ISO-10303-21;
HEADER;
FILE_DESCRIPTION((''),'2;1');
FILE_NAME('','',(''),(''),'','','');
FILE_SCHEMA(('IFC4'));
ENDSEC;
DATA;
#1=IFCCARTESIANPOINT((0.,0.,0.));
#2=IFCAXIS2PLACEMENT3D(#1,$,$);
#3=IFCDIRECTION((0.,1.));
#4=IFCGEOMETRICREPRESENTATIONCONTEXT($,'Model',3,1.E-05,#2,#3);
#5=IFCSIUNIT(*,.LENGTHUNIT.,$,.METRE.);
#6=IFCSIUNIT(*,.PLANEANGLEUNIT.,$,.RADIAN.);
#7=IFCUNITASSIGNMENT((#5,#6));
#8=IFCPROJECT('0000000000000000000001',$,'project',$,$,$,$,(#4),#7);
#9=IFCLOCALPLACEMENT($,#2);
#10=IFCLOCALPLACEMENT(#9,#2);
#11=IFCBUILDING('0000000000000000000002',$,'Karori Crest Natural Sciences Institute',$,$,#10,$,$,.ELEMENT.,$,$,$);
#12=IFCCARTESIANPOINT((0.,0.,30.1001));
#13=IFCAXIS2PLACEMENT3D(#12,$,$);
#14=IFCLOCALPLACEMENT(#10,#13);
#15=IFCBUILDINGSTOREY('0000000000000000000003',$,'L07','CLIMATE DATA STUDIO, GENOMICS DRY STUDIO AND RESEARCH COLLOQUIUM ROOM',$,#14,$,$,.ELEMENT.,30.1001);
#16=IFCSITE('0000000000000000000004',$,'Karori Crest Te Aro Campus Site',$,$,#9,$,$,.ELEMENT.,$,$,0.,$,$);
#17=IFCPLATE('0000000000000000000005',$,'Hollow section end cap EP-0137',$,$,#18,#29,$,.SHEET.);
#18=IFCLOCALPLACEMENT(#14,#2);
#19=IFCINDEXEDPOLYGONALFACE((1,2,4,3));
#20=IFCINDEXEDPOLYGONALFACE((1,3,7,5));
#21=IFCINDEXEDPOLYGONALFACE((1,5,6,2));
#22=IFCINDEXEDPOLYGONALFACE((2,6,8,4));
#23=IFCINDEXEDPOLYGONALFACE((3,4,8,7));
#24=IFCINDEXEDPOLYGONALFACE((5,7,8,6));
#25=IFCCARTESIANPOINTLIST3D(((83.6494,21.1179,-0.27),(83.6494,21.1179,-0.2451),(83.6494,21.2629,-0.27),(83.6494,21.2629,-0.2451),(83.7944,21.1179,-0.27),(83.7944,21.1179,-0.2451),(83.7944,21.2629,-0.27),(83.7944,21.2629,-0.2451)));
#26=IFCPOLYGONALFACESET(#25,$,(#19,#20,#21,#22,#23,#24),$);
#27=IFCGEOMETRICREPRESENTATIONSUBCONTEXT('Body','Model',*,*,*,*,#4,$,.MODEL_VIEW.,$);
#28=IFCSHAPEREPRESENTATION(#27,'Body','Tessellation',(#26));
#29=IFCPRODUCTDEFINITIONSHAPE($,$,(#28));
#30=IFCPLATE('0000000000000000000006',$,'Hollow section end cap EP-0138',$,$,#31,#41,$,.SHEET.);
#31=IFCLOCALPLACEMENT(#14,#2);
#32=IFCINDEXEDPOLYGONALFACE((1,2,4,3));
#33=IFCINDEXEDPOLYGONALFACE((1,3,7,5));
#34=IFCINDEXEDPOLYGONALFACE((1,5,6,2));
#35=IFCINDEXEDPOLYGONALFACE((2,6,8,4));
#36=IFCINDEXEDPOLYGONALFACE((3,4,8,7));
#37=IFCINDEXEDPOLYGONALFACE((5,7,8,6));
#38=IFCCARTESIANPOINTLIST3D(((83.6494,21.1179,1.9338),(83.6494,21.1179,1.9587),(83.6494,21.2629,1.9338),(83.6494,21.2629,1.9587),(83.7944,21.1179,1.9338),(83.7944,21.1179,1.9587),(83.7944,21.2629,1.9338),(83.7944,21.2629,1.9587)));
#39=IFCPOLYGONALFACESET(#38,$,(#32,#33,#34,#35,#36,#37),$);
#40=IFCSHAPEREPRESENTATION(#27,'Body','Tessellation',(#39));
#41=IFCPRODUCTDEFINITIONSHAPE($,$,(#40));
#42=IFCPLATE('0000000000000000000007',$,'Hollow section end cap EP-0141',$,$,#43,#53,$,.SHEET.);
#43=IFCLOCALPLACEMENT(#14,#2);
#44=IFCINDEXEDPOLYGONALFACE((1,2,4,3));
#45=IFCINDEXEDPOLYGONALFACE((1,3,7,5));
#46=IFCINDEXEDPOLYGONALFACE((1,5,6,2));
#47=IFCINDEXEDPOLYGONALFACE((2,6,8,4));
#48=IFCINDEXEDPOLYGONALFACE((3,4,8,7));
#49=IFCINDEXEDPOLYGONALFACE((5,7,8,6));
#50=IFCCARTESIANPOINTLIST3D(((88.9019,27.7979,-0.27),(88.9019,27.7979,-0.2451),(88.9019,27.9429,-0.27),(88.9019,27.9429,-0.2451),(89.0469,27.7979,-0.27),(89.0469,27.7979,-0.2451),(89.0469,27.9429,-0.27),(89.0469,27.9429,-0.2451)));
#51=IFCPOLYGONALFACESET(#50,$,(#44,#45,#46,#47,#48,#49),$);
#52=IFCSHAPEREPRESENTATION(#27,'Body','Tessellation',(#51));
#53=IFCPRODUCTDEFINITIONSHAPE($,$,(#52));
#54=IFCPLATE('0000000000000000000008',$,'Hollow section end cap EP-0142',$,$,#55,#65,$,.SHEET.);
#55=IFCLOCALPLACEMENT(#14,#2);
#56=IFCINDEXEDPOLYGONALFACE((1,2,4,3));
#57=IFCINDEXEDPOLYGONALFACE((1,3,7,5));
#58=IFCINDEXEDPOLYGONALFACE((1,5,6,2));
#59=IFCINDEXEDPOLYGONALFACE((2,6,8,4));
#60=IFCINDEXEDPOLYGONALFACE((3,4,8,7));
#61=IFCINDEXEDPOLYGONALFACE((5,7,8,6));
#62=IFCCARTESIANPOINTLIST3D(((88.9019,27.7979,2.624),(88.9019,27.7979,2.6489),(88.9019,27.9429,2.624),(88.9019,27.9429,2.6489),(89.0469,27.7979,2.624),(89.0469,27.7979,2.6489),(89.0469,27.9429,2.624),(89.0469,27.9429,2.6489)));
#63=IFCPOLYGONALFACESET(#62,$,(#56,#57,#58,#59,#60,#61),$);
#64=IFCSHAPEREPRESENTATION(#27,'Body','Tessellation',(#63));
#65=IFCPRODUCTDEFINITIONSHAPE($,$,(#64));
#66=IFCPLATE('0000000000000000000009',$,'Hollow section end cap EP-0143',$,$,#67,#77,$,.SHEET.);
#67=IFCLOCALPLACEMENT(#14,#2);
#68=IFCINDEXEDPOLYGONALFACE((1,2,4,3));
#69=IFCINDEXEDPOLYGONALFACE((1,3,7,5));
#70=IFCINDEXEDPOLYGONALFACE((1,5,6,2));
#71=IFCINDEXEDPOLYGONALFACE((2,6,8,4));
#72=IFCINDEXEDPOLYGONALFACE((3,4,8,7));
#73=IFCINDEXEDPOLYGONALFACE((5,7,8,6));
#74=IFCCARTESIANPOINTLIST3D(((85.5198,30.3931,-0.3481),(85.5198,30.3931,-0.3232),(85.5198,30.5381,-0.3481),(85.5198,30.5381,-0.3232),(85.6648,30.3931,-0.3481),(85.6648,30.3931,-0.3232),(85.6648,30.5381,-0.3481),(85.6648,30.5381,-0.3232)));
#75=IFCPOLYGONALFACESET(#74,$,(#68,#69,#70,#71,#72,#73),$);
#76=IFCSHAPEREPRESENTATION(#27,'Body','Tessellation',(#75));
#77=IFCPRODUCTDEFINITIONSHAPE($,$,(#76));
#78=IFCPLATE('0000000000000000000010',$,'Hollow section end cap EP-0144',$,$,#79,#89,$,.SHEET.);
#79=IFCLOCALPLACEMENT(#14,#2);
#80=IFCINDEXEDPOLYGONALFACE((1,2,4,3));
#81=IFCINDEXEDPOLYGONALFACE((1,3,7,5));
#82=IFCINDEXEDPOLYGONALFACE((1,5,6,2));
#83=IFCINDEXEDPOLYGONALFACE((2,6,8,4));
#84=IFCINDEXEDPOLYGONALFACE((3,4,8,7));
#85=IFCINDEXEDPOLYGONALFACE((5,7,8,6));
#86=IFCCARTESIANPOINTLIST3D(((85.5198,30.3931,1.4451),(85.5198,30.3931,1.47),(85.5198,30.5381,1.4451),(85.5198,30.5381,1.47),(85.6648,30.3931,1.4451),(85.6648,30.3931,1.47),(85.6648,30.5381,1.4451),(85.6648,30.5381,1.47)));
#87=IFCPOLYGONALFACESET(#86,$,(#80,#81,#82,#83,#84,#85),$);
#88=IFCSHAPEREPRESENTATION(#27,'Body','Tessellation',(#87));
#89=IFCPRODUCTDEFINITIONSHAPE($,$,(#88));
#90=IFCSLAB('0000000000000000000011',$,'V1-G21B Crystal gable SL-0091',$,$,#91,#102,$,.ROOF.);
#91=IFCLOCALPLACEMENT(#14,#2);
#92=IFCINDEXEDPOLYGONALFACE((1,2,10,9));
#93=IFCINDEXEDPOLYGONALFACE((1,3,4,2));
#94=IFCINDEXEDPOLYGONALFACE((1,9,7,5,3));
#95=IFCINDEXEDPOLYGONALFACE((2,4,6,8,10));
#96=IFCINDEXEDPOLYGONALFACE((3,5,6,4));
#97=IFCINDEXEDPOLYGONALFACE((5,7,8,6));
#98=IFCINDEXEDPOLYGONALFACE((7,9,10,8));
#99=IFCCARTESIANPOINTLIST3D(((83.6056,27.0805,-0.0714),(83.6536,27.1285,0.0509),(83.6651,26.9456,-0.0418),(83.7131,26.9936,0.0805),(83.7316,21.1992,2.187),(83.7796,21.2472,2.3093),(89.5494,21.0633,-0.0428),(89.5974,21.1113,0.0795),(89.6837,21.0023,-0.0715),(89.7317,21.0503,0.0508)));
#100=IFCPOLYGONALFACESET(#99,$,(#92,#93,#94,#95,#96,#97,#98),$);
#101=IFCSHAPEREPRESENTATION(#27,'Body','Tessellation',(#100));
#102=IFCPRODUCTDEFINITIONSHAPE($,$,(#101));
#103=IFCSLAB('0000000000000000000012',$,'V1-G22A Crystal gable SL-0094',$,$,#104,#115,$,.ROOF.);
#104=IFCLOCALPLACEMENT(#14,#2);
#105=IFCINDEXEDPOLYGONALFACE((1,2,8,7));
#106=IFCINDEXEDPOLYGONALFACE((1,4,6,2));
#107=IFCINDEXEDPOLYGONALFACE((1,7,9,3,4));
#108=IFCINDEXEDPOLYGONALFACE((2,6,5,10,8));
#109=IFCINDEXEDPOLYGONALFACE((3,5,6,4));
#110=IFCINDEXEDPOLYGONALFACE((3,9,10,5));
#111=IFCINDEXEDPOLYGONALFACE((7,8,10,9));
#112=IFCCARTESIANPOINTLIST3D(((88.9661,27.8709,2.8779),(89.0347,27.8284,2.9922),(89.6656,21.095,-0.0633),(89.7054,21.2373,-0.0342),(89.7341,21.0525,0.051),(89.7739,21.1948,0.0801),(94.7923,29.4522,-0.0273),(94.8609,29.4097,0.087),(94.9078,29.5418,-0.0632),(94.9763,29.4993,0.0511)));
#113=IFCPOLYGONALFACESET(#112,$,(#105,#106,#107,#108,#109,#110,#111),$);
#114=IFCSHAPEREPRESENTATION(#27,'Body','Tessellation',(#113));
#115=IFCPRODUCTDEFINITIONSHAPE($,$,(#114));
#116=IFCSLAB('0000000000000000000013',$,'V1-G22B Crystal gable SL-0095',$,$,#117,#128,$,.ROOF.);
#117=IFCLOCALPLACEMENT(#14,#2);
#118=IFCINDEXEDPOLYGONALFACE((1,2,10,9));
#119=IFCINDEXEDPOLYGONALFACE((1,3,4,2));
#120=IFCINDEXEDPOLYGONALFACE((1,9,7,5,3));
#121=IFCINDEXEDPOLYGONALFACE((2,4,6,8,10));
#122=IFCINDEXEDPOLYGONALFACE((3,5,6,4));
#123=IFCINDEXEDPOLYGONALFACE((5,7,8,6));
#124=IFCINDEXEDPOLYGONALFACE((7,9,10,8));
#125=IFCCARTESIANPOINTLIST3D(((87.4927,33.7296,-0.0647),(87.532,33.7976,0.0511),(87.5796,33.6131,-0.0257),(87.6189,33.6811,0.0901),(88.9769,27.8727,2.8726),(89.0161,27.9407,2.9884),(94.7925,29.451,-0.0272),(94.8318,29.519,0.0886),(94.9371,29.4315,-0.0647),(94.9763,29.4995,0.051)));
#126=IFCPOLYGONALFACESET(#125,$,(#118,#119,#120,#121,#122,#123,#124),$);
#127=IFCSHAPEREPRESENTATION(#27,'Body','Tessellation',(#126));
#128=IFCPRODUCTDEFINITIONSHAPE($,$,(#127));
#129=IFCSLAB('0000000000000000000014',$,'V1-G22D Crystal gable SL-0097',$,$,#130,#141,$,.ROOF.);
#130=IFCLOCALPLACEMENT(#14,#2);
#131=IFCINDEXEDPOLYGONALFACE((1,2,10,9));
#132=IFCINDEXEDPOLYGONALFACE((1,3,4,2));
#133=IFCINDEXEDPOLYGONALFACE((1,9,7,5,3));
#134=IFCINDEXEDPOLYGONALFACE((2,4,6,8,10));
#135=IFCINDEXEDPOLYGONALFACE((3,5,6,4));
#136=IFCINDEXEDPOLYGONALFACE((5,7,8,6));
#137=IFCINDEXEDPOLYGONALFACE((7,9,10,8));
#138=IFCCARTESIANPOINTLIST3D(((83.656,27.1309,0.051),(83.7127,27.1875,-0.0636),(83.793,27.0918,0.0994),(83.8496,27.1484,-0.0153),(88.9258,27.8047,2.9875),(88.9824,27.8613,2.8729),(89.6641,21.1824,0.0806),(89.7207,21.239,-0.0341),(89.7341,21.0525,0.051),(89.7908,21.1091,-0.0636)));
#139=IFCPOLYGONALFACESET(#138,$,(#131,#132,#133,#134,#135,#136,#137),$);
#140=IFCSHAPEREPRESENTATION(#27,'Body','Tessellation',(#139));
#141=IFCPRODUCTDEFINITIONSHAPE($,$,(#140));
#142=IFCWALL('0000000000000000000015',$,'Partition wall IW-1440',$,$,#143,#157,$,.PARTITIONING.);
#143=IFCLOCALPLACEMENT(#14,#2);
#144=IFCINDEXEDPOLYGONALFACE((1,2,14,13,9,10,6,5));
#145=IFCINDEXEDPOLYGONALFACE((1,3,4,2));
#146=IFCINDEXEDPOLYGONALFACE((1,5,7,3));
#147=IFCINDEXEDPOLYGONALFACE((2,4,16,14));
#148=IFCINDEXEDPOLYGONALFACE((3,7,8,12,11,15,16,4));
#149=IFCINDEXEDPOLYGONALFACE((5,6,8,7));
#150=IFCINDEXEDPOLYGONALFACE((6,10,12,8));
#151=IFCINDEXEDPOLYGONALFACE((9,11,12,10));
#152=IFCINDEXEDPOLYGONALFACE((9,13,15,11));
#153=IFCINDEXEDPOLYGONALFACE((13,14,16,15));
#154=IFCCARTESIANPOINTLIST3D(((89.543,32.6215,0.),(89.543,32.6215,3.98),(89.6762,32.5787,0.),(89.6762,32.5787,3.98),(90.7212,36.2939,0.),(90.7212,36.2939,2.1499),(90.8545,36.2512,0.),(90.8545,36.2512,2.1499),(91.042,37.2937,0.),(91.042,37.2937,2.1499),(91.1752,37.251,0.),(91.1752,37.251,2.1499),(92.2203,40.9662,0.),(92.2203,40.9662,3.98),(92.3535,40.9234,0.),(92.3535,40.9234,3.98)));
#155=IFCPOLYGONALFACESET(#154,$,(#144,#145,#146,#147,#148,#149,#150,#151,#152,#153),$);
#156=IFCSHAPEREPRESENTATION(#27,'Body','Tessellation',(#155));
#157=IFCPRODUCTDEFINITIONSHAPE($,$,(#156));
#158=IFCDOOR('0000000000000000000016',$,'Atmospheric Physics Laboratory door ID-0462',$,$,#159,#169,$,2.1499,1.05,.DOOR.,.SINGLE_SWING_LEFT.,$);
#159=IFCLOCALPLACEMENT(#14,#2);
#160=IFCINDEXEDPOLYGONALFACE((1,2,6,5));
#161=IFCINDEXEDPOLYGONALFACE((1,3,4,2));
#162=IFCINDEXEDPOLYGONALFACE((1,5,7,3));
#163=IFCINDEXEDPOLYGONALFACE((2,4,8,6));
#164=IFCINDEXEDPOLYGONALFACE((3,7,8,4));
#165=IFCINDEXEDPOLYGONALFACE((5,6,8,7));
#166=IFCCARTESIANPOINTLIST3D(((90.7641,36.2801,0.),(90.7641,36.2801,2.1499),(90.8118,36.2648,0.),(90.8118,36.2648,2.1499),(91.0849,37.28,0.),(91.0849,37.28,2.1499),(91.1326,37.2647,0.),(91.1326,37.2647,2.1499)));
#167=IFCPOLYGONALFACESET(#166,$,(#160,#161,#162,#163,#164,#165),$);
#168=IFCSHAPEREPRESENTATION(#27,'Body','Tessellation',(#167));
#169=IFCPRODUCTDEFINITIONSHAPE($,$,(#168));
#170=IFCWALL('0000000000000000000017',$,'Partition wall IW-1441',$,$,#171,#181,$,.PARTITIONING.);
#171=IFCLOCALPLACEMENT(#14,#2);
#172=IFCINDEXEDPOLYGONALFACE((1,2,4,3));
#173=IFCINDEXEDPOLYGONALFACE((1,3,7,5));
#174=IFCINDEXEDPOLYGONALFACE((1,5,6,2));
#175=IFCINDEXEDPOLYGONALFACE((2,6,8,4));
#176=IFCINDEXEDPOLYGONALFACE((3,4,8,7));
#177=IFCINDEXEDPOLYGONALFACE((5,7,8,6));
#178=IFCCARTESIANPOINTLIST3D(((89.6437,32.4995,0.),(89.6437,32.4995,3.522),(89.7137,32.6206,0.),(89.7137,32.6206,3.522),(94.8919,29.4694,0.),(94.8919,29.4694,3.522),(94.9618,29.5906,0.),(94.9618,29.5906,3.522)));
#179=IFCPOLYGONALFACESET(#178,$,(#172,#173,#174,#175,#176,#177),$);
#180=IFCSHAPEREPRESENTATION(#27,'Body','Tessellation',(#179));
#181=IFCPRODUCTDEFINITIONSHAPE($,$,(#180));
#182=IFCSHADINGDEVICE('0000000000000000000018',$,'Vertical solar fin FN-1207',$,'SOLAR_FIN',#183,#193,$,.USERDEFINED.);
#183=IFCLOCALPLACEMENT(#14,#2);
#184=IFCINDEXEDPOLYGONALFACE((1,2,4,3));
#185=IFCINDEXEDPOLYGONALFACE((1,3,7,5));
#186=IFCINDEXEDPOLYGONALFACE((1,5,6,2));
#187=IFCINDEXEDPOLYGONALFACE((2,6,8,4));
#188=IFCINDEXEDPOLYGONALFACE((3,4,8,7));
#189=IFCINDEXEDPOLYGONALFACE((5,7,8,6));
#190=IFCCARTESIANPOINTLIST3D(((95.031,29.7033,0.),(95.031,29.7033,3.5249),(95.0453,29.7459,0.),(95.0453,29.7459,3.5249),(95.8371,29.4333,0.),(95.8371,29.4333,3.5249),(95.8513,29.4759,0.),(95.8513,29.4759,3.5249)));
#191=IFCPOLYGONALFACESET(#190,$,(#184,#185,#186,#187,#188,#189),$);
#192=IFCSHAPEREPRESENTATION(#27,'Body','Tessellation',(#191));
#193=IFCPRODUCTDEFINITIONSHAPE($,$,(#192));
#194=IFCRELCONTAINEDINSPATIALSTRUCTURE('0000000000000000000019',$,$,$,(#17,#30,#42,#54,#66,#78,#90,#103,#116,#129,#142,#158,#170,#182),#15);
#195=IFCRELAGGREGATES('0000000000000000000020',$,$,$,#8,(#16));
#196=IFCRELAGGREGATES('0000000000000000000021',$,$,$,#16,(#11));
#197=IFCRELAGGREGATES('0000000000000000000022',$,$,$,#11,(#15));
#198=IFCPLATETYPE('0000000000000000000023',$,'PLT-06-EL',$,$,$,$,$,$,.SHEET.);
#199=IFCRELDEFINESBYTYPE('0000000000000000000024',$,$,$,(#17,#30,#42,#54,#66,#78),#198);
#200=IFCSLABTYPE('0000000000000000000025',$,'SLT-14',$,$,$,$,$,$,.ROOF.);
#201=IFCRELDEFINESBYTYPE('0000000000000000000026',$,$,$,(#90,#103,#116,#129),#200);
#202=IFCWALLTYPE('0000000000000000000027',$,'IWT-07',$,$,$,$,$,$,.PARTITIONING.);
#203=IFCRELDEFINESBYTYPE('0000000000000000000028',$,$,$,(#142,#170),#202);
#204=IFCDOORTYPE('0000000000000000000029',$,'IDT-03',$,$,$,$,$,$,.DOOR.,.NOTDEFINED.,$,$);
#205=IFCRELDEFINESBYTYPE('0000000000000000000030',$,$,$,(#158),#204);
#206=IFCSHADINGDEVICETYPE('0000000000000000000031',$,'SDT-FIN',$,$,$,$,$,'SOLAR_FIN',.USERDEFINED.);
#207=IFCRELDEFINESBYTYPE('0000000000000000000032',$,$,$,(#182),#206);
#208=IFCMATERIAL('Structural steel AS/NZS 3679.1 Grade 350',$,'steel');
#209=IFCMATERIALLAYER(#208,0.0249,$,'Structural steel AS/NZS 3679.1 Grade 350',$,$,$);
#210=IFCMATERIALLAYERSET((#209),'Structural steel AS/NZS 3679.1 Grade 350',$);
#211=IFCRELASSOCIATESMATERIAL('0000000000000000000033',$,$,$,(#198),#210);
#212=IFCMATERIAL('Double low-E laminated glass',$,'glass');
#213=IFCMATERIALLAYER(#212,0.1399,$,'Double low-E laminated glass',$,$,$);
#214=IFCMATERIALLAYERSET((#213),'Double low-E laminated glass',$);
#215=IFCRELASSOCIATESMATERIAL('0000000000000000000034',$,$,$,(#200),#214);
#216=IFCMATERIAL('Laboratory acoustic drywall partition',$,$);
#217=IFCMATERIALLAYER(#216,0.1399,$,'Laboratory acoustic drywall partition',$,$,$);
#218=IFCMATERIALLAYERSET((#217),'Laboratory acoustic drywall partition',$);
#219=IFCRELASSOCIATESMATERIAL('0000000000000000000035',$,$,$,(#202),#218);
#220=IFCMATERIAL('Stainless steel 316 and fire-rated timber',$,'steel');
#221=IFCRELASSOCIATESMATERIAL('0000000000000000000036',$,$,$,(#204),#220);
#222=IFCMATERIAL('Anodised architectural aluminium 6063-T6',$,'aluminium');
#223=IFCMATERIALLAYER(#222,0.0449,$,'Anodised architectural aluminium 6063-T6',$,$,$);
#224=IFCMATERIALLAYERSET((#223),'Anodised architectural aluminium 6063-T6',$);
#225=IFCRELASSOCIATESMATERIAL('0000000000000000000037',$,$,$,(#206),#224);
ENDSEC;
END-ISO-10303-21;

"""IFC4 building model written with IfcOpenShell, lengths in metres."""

from ifc_helpers import new_model, si_unit, direction, frame, frame_2d, origin, origin_2d, place, context, subcontext, project, spatial, polyline, rectangle, outline, extrude, material, layer, layer_set, type_object, element, fill, save


model = new_model("IFC4")

# Units and contexts
model_context = context("Model", 3, precision=1e-05, world=origin(), true_north=direction((0.0, 1.0)))
body_context = subcontext(model_context, "Body", "Model", "MODEL_VIEW")
ifc_project = project(units=[si_unit("LENGTHUNIT", "METRE"), si_unit("PLANEANGLEUNIT", "RADIAN")], contexts=[model_context])

# Site, building, storey
site_placement = place(None, origin())
site = spatial("IfcSite", under=ifc_project, at=site_placement, Name="Karori Crest Te Aro Campus Site", CompositionType="ELEMENT", RefElevation=0.0)
building_placement = place(site_placement, origin())
building = spatial("IfcBuilding", under=site, at=building_placement, Name="Karori Crest Natural Sciences Institute", CompositionType="ELEMENT")
storey_placement = place(building_placement, frame((0.0, 0.0, 30.1001)))
storey = spatial("IfcBuildingStorey", under=building, at=storey_placement, Name="L07", Description="CLIMATE DATA STUDIO, GENOMICS DRY STUDIO AND RESEARCH COLLOQUIUM ROOM", CompositionType="ELEMENT", Elevation=30.1001)

# Shared definitions
ifc_material_1 = material(Name="Structural steel AS/NZS 3679.1 Grade 350", Category="steel")

# Shared definitions
ifc_material_2 = material(Name="Anodised architectural aluminium 6063-T6", Category="aluminium")

# Shared definitions
ifc_material_3 = material(Name="Double low-E laminated glass", Category="glass")

# Plates
ifc_layer_1 = layer(ifc_material_1, 0.0249, Name="Structural steel AS/NZS 3679.1 Grade 350")
ifc_layer_set_1 = layer_set([ifc_layer_1], Name="Structural steel AS/NZS 3679.1 Grade 350")
plate_type_1 = type_object("IfcPlateType", Name="PLT-06-EL", PredefinedType="SHEET", material=ifc_layer_set_1)
for number, where, z_axis, x_axis, name in (
    (1, (83.7219, 21.1904, -0.27), (0.0, 0.0, 1.0), (1.0, 0.0, 0.0), "Hollow section end cap EP-0137"),
    (2, (83.7219, 21.1904, 1.9338), (0.0, 0.0, 1.0), (1.0, 0.0, 0.0), "Hollow section end cap EP-0138"),
    (3, (88.9744, 27.8704, -0.27), (0.0, 0.0, 1.0), (1.0, 0.0, 0.0), "Hollow section end cap EP-0141"),
    (4, (88.9744, 27.8704, 2.624), (0.0, 0.0, 1.0), (1.0, 0.0, 0.0), "Hollow section end cap EP-0142"),
    (5, (85.5923, 30.4656, -0.3481), (0.0, 0.0, 1.0), (1.0, 0.0, 0.0), "Hollow section end cap EP-0143"),
    (6, (85.5923, 30.4656, 1.4451), (0.0, 0.0, 1.0), (1.0, 0.0, 0.0), "Hollow section end cap EP-0144"),
):
    element("IfcPlate", number, at=place(storey_placement, frame(where, z_axis=z_axis, x_axis=x_axis)), inside=storey, type_object=plate_type_1, Name=name, PredefinedType="SHEET", context=body_context, shape_type="SweptSolid", body=[
        extrude(rectangle(XDim=0.145, YDim=0.145, at=origin_2d()), origin(), (0.0, 0.0, 1.0), 0.0249),
    ])

# Slabs
ifc_layer_2 = layer(ifc_material_3, 0.1399, Name="Double low-E laminated glass")
ifc_layer_set_2 = layer_set([ifc_layer_2], Name="Double low-E laminated glass")
slab_type = type_object("IfcSlabType", Name="SLT-14", PredefinedType="ROOF", material=ifc_layer_set_2)
slab_1_placement = place(storey_placement, frame((89.7317, 21.0503, 0.0508), z_axis=(0.343133, 0.343102, 0.87438), x_axis=(-0.707099, 0.707114, 0.000019)))
element("IfcSlab", 7, at=slab_1_placement, inside=storey, type_object=slab_type, Name="V1-G21B Crystal gable SL-0091", PredefinedType="ROOF", context=body_context, shape_type="SweptSolid", body=[
    extrude(outline(polyline([(0.0, 0.0), (8.5958, 0.0), (8.4584, 0.0609), (4.3479, 4.6543), (0.1381, 0.0593), (0.0, 0.0)])), origin(), (0.0, 0.0, -1.0), 0.1399),
])
slab_2_placement = place(storey_placement, frame((89.7341, 21.0525, 0.051), z_axis=(0.489929, -0.304061, 0.817017), x_axis=(0.527318, 0.849668, 0.000003)))
element("IfcSlab", 8, at=slab_2_placement, inside=storey, type_object=slab_type, Name="V1-G22A Crystal gable SL-0094", PredefinedType="ROOF", context=body_context, shape_type="SweptSolid", body=[
    extrude(outline(polyline([(0.0, 0.0), (9.9413, 0.0), (9.8042, 0.0623), (5.3884, 5.1007), (0.1419, 0.0504), (0.0, 0.0)])), origin(), (0.0, 0.0, -1.0), 0.1399),
])
slab_3_placement = place(storey_placement, frame((94.9763, 29.4995, 0.051), z_axis=(0.2807, 0.486158, 0.827561), x_axis=(-0.866018, 0.500013, 0.000006)))
element("IfcSlab", 9, at=slab_3_placement, inside=storey, type_object=slab_type, Name="V1-G22B Crystal gable SL-0095", PredefinedType="ROOF", context=body_context, shape_type="SweptSolid", body=[
    extrude(outline(polyline([(0.0, 0.0), (8.596, 0.0), (8.4625, 0.0694), (4.3822, 5.2324), (0.1349, 0.0669), (0.0, 0.0)])), origin(), (0.0, 0.0, -1.0), 0.1399),
])
slab_4_placement = place(storey_placement, frame((83.656, 27.1309, 0.051), z_axis=(-0.405002, -0.404983, 0.819733), x_axis=(0.707092, -0.707122, 0.000002)))
element("IfcSlab", 10, at=slab_4_placement, inside=storey, type_object=slab_type, Name="V1-G22D Crystal gable SL-0097", PredefinedType="ROOF", context=body_context, shape_type="SweptSolid", body=[
    extrude(outline(polyline([(0.0, 0.0), (8.5959, 0.0), (8.4546, 0.0516), (3.2497, 5.1271), (0.1245, 0.0844), (0.0, 0.0)])), origin(), (0.0, 0.0, -1.0), 0.1399),
])

# Wall, opening, door
ifc_material_4 = material(Name="Laboratory acoustic drywall partition")
ifc_layer_3 = layer(ifc_material_4, 0.1399, Name="Laboratory acoustic drywall partition")
ifc_layer_set_3 = layer_set([ifc_layer_3], Name="Laboratory acoustic drywall partition")
wall_type = type_object("IfcWallType", Name="IWT-07", PredefinedType="PARTITIONING", material=ifc_layer_set_3)
wall_1_placement = place(storey_placement, frame((89.6096, 32.6001, 0.0), z_axis=(0.0, 0.0, 1.0), x_axis=(0.305493, 0.952194, 0.0)))
wall_1 = element("IfcWall", 11, at=wall_1_placement, inside=storey, type_object=wall_type, Name="Partition wall IW-1440", PredefinedType="PARTITIONING", context=body_context, shape_type="SweptSolid", body=[
    extrude(rectangle(XDim=8.7637, YDim=0.1399, at=frame_2d((4.3818, 0.0))), origin(), (0.0, 0.0, 1.0), 3.98),
])
opening_placement = place(wall_1_placement, frame((3.8569, 0.0, 0.0)))
opening = element("IfcOpeningElement", 12, at=opening_placement, cuts=wall_1, PredefinedType="OPENING", context=body_context, shape_type="SweptSolid", body=[
    extrude(rectangle(XDim=1.05, YDim=2.1499, at=frame_2d((0.5249, 1.075))), frame((0.0, 0.0801, 0.0), z_axis=(0.0, -1.0, 0.0), x_axis=(1.0, 0.0, 0.0)), (0.0, 0.0, 1.0), 0.1599),
])
ifc_material_5 = material(Name="Stainless steel 316 and fire-rated timber", Category="steel")
door_type = type_object("IfcDoorType", Name="IDT-03", OperationType="NOTDEFINED", PredefinedType="DOOR", material=ifc_material_5)
door_placement = place(opening_placement, origin())
door = element("IfcDoor", 13, at=door_placement, inside=storey, type_object=door_type, Name="Atmospheric Physics Laboratory door ID-0462", OperationType="SINGLE_SWING_LEFT", OverallHeight=2.1499, OverallWidth=1.05, PredefinedType="DOOR", context=body_context, shape_type="SweptSolid", body=[
    extrude(rectangle(XDim=1.05, YDim=2.1499, at=frame_2d((0.5249, 1.075))), frame((0.0, 0.0249, 0.0), z_axis=(0.0, -1.0, 0.0), x_axis=(1.0, 0.0, 0.0)), (0.0, 0.0, 1.0), 0.05),
])
fill(opening, door)

# Wall
wall_2_placement = place(storey_placement, frame((89.6787, 32.5601, 0.0), z_axis=(0.0, 0.0, 1.0), x_axis=(0.866021, -0.500008, 0.0)))
element("IfcWall", 14, at=wall_2_placement, inside=storey, type_object=wall_type, Name="Partition wall IW-1441", PredefinedType="PARTITIONING", context=body_context, shape_type="SweptSolid", body=[
    extrude(rectangle(XDim=6.0601, YDim=0.1399, at=frame_2d((3.03, 0.0))), origin(), (0.0, 0.0, 1.0), 3.522),
])

# Shading device
ifc_layer_4 = layer(ifc_material_2, 0.0449, Name="Anodised architectural aluminium 6063-T6")
ifc_layer_set_4 = layer_set([ifc_layer_4], Name="Anodised architectural aluminium 6063-T6")
shading_device_type = type_object("IfcShadingDeviceType", Name="SDT-FIN", ElementType="SOLAR_FIN", PredefinedType="USERDEFINED", material=ifc_layer_set_4)
shading_device_placement = place(storey_placement, frame((95.4412, 29.5896, 0.0), z_axis=(0.0, 0.0, 1.0), x_axis=(0.948198, -0.31768, 0.0)))
element("IfcShadingDevice", 15, at=shading_device_placement, inside=storey, type_object=shading_device_type, Name="Vertical solar fin FN-1207", ObjectType="SOLAR_FIN", PredefinedType="USERDEFINED", context=body_context, shape_type="SweptSolid", body=[
    extrude(rectangle(XDim=0.8501, YDim=0.0449, at=origin_2d()), origin(), (0.0, 0.0, 1.0), 3.5249),
])

save(model, "model.ifc")
